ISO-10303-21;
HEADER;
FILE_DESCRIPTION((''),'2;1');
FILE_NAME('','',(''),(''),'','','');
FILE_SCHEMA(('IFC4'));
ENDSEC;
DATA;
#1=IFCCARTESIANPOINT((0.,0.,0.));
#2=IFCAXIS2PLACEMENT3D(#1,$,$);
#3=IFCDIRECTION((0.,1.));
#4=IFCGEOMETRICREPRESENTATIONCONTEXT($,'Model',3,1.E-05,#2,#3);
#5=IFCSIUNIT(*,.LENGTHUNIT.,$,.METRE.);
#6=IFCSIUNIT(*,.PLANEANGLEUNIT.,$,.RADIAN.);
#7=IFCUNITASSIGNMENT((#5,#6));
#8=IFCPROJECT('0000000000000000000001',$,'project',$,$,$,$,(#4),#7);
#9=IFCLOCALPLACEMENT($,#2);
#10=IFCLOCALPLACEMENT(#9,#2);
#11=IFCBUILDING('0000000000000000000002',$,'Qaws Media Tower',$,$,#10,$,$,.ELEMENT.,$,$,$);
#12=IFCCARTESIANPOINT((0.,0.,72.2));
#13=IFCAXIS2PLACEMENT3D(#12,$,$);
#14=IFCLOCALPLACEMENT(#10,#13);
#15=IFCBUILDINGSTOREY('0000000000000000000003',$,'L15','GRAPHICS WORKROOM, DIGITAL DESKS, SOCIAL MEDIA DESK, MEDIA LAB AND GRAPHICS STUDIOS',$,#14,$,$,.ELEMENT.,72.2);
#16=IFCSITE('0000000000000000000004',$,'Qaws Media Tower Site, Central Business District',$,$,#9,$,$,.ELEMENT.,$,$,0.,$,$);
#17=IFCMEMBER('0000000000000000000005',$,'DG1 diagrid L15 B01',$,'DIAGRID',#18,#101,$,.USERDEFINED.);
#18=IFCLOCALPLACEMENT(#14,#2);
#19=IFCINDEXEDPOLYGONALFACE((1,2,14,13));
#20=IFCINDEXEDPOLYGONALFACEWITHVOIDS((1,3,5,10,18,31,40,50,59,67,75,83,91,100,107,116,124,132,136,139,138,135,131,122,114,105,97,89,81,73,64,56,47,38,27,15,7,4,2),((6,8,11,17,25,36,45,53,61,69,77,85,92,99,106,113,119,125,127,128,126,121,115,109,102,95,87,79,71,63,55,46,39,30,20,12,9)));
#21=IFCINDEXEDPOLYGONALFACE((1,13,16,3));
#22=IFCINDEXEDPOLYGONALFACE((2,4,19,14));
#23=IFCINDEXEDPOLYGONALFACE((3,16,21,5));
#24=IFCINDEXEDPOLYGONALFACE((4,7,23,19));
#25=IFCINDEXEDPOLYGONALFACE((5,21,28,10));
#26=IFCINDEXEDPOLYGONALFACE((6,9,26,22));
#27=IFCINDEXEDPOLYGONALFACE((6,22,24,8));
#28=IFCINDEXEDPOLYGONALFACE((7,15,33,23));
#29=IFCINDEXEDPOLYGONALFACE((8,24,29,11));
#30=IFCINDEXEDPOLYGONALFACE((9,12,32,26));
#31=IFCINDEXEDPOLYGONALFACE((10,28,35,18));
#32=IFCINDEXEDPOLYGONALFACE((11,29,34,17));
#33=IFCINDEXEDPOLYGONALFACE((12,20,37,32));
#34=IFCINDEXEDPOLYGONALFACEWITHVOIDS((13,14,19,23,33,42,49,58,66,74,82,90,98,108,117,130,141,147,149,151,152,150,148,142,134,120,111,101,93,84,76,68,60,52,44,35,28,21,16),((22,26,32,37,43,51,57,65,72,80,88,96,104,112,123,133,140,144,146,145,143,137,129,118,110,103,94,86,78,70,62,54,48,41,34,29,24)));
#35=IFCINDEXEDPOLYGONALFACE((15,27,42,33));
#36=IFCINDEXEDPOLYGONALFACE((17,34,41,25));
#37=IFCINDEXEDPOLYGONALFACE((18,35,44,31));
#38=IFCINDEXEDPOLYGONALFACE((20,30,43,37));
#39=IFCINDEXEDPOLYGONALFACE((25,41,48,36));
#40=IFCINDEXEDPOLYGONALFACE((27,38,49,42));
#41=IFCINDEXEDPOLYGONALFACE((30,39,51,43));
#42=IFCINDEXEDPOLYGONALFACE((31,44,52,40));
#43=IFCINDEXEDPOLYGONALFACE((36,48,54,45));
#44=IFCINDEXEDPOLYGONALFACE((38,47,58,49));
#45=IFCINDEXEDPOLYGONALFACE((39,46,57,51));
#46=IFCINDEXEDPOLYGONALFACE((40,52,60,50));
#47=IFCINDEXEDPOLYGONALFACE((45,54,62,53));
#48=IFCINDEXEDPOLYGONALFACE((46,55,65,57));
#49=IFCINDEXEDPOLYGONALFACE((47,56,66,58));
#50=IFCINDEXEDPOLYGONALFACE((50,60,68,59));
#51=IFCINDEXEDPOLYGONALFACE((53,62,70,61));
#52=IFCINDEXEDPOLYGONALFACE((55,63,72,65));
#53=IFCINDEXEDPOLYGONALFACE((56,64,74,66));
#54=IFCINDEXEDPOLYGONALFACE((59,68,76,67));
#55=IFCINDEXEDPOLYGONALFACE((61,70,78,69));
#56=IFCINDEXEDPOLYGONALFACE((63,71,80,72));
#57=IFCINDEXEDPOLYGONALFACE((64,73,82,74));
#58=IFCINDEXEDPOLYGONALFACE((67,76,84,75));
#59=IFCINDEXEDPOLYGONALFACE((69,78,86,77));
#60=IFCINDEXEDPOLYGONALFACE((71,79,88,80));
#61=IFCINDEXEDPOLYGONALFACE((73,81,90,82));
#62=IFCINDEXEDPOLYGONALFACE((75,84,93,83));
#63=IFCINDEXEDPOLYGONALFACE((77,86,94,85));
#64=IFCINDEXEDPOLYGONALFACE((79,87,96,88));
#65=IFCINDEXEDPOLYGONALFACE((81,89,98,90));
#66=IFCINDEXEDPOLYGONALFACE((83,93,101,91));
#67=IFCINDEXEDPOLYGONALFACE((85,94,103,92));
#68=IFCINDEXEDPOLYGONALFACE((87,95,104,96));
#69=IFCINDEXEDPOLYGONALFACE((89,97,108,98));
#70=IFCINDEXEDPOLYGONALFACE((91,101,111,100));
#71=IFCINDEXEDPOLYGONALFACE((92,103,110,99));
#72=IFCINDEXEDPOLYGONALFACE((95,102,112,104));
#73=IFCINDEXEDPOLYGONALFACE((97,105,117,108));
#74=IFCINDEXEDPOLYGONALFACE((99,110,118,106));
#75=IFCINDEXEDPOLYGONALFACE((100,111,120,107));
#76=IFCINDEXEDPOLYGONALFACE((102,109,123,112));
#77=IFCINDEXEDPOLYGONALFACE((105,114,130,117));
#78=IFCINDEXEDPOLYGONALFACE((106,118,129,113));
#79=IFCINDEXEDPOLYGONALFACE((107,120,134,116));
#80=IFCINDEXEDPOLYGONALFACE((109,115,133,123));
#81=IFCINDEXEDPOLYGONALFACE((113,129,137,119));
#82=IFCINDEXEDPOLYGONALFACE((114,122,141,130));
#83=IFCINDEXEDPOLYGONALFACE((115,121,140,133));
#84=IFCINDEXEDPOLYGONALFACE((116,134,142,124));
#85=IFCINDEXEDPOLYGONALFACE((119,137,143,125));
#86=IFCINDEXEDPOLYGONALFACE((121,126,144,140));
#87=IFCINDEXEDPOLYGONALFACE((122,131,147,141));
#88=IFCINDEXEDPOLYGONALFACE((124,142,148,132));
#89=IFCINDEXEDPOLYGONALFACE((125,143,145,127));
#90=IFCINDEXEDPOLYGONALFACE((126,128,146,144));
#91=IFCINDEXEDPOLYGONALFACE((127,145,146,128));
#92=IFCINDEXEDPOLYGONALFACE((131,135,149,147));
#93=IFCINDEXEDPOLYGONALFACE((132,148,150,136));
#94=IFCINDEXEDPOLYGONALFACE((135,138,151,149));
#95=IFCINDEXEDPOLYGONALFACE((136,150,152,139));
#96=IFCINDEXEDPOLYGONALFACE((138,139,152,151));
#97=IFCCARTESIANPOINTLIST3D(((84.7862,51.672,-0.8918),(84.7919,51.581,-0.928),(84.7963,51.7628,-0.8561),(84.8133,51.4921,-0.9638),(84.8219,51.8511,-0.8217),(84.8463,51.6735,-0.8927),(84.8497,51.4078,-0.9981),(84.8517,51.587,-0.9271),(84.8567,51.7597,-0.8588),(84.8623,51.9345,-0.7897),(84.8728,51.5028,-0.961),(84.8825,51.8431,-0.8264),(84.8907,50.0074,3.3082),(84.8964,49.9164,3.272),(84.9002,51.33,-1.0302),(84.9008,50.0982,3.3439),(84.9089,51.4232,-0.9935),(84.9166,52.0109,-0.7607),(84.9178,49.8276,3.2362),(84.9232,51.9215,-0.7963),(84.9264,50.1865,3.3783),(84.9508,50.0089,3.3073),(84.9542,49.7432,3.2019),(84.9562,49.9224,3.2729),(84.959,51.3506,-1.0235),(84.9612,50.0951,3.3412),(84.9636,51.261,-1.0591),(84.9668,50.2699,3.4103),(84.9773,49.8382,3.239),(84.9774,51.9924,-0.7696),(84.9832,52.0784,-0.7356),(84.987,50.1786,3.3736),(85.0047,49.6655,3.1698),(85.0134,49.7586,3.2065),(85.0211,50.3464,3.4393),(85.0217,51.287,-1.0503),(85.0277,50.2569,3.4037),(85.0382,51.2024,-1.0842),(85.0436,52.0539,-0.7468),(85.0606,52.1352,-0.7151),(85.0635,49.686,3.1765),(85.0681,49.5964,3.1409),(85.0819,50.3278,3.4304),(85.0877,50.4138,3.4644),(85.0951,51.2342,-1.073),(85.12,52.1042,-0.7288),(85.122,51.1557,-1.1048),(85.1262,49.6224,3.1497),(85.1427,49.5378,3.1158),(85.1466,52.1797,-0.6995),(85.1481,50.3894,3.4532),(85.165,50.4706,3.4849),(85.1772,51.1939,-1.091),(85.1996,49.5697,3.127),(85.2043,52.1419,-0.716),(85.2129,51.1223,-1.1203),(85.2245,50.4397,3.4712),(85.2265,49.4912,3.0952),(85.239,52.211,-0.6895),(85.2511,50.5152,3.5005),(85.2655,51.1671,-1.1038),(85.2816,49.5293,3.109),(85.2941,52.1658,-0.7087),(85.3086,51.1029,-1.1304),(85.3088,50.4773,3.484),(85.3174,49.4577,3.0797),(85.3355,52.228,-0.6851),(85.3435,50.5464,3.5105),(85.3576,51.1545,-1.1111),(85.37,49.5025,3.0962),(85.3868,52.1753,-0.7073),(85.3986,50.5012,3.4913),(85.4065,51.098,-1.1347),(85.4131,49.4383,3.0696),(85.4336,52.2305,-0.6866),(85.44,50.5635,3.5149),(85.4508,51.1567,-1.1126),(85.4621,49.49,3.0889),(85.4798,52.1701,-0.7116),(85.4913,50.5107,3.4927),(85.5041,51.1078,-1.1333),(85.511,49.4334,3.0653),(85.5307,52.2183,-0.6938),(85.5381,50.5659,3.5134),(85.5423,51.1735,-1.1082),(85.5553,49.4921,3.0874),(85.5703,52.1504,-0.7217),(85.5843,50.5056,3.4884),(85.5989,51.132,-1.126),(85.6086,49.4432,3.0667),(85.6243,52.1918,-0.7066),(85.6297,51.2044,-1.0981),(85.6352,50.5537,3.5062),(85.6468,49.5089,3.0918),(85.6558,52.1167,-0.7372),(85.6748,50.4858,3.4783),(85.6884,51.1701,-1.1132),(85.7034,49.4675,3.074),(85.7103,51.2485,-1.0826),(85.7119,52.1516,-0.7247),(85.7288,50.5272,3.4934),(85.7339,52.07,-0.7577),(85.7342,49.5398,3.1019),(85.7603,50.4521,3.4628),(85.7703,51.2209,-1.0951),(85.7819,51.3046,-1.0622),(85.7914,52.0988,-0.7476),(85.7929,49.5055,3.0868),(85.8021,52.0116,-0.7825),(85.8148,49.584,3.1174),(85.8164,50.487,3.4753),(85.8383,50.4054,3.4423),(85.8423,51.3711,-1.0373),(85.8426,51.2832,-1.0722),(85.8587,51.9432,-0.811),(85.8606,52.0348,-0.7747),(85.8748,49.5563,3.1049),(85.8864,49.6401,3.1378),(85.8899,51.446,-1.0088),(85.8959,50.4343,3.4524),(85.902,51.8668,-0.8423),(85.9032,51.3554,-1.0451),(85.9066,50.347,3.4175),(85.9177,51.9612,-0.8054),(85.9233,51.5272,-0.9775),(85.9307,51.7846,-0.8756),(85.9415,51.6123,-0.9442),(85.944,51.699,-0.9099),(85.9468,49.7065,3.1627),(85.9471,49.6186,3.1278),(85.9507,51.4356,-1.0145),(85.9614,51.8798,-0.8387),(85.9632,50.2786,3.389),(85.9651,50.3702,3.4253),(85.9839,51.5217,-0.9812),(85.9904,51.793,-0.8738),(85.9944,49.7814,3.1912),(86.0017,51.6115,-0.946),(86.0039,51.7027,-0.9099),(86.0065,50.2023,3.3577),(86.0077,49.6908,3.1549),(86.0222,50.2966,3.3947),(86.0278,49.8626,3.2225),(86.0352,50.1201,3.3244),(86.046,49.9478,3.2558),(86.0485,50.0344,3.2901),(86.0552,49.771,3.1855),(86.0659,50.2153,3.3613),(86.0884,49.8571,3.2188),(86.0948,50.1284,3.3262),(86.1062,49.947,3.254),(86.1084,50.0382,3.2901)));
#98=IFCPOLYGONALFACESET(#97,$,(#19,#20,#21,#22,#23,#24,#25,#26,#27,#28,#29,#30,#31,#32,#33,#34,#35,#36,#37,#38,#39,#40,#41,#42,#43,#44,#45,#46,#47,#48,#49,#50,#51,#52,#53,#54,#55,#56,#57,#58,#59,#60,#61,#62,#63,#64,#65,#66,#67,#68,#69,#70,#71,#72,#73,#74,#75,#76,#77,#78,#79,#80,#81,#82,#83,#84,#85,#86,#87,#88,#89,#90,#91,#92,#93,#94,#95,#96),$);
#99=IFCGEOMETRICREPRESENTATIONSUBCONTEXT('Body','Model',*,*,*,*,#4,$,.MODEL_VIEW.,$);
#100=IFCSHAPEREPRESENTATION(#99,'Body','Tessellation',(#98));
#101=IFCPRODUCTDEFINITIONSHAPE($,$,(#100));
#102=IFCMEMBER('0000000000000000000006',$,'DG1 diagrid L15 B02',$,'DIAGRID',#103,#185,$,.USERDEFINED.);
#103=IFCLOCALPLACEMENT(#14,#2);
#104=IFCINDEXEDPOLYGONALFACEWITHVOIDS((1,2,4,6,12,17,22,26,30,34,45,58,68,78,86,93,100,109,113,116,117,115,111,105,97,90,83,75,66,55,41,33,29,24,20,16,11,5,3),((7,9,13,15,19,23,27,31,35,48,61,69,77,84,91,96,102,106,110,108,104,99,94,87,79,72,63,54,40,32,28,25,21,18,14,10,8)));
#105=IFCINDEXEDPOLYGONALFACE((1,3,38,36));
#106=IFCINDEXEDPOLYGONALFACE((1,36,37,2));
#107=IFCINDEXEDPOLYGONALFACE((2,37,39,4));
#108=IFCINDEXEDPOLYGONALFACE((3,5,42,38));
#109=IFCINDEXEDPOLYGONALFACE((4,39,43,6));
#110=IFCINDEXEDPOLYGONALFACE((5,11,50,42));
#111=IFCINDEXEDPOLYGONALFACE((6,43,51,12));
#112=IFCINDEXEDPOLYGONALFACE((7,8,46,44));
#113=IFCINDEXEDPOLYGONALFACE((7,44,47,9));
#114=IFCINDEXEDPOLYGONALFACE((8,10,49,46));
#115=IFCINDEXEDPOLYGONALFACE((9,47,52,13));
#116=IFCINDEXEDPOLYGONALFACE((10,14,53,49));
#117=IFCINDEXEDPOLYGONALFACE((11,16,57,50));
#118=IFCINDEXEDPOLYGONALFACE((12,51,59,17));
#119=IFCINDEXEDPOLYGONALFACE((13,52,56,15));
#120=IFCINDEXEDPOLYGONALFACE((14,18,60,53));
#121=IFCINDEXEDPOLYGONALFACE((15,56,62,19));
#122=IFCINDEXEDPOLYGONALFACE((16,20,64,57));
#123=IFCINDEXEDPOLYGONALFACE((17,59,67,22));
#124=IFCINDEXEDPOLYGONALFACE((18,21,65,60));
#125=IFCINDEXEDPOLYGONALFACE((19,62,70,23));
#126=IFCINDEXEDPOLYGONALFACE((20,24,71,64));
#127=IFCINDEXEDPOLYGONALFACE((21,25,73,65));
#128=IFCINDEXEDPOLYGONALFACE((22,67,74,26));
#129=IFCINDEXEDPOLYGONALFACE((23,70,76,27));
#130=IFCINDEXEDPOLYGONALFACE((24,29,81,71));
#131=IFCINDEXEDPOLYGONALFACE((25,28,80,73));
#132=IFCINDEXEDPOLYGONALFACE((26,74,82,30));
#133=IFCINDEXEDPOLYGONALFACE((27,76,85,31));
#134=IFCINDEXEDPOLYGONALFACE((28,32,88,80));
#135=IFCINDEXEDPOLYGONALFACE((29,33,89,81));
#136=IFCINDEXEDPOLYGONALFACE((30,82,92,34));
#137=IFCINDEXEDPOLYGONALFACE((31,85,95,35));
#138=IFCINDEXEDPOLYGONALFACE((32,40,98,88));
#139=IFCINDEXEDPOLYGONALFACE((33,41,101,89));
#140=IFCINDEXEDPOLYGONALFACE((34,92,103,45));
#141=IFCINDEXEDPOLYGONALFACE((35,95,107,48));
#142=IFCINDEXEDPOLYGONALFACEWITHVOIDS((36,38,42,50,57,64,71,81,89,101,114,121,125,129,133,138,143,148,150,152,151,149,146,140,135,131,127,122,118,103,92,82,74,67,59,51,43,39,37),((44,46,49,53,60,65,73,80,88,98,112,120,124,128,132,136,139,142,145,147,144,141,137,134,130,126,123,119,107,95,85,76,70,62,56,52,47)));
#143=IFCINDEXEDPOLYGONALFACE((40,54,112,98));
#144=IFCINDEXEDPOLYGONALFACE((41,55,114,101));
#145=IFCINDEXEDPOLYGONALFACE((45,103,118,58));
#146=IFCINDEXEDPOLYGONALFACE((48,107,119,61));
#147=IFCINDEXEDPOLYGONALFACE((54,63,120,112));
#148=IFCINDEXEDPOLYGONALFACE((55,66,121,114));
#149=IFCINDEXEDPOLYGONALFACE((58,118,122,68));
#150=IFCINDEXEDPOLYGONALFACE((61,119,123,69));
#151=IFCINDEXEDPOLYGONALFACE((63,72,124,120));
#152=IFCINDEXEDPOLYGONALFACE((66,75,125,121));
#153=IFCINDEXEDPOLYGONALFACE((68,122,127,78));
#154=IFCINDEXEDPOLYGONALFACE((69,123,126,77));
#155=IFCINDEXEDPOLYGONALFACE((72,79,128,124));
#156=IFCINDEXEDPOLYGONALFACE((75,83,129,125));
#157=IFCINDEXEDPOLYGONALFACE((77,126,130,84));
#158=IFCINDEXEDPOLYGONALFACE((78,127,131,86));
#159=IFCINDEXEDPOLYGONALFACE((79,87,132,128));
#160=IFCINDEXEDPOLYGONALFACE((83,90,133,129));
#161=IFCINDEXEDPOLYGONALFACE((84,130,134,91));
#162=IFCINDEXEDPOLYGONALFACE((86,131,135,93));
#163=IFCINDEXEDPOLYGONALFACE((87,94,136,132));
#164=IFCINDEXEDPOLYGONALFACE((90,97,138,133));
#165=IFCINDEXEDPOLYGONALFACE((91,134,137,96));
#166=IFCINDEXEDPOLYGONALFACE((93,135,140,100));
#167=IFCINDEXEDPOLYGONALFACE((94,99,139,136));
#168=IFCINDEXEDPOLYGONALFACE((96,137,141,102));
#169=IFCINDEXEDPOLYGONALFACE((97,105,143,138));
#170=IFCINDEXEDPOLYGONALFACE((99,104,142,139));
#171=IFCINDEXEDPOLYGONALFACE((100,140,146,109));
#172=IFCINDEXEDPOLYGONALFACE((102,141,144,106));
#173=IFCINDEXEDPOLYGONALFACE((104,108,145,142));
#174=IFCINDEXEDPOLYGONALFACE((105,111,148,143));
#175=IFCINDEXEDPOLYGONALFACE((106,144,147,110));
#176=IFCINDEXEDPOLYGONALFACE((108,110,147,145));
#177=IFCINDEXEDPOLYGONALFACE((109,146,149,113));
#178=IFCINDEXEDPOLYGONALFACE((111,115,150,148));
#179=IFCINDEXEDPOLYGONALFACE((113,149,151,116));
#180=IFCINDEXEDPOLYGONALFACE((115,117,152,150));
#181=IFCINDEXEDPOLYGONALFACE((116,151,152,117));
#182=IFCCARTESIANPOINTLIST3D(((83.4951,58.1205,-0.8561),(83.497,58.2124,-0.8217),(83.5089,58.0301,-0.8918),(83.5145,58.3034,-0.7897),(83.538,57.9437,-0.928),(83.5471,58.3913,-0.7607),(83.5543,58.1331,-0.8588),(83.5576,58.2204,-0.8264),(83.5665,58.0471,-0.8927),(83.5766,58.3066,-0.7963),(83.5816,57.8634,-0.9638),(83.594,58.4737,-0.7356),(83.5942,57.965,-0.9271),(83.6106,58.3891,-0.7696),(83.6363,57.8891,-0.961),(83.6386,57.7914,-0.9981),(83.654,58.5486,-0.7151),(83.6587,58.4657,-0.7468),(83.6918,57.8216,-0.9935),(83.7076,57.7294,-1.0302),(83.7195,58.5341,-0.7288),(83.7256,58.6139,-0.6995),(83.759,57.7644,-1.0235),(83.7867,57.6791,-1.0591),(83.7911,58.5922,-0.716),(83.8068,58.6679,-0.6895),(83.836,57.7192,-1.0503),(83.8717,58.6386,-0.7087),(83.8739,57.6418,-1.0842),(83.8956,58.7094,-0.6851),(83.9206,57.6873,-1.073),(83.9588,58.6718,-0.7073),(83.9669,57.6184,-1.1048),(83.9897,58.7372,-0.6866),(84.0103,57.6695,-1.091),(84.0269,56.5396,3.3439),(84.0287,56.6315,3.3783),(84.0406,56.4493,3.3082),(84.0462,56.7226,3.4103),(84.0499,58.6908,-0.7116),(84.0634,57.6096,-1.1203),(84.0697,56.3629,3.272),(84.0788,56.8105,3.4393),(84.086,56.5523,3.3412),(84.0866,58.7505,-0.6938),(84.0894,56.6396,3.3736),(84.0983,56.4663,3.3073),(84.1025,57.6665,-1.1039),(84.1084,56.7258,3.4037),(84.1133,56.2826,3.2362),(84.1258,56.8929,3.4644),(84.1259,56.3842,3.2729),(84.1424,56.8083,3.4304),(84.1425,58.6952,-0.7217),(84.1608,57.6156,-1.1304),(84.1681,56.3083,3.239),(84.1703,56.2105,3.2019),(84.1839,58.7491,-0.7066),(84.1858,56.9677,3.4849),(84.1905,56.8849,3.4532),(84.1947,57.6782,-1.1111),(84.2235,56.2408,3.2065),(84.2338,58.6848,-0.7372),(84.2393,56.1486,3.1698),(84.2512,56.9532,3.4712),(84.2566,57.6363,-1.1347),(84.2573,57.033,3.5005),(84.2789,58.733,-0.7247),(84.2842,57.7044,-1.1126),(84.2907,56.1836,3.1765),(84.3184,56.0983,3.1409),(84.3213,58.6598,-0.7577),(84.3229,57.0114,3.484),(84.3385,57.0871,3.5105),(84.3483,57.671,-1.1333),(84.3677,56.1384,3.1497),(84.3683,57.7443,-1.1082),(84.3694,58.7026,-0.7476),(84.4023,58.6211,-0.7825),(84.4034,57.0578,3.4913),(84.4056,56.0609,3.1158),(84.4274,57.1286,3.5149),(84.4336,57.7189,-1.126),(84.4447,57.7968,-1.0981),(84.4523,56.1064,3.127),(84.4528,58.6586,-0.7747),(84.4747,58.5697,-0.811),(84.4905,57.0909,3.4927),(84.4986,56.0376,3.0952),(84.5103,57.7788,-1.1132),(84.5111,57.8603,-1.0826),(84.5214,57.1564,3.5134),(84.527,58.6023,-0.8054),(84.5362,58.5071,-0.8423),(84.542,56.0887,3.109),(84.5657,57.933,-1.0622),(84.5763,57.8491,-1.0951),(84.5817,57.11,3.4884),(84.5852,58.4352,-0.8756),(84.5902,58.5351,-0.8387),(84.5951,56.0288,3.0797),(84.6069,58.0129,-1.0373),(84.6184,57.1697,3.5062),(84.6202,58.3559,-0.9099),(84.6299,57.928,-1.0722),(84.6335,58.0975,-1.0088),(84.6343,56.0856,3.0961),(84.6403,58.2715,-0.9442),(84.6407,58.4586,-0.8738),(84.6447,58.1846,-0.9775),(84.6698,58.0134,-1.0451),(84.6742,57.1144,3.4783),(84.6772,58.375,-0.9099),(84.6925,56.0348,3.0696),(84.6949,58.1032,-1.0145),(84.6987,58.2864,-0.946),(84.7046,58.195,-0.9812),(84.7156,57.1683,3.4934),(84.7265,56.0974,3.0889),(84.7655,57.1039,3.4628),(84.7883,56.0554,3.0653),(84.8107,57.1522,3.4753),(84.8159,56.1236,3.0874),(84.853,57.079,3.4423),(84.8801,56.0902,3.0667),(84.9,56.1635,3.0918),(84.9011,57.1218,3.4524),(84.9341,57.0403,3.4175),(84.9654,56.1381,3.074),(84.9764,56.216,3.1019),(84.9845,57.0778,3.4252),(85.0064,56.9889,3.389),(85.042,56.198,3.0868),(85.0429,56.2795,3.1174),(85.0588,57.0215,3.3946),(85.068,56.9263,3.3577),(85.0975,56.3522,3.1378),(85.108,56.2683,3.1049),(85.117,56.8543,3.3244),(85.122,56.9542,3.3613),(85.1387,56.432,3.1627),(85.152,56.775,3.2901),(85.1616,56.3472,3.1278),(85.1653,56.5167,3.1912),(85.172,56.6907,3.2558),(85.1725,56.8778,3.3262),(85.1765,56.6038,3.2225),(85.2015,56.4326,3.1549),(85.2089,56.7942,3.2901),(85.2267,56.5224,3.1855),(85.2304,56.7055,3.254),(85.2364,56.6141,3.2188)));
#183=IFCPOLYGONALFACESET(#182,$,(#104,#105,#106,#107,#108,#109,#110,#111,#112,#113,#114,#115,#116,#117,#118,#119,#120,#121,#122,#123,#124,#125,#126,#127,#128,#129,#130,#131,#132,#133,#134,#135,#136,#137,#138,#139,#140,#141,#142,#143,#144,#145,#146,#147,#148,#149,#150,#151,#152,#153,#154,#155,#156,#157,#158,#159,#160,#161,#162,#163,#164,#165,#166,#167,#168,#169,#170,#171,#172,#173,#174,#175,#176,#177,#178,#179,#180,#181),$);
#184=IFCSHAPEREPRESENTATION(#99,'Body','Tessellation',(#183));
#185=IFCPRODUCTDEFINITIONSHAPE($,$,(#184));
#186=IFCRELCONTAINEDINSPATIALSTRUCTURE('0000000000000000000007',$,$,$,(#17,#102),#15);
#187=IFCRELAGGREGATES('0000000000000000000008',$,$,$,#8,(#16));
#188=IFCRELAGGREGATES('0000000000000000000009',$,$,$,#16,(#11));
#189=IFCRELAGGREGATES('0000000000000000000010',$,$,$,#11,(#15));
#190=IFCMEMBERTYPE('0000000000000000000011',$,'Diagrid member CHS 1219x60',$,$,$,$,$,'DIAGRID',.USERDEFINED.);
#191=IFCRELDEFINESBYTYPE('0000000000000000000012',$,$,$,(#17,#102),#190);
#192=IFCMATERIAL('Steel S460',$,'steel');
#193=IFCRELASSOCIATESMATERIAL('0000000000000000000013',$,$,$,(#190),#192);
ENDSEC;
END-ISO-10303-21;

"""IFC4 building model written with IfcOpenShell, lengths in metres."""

from ifc_helpers import new_model, si_unit, direction, frame, origin, origin_2d, place, context, subcontext, project, spatial, hollow_circle, extrude, material, material_profile, profile_set, type_object, element, save


model = new_model("IFC4")

# Units and contexts
model_context = context("Model", 3, precision=1e-05, world=origin(), true_north=direction((0.0, 1.0)))
body_context = subcontext(model_context, "Body", "Model", "MODEL_VIEW")
ifc_project = project(units=[si_unit("LENGTHUNIT", "METRE"), si_unit("PLANEANGLEUNIT", "RADIAN")], contexts=[model_context])

# Site, building, storey
site_placement = place(None, origin())
site = spatial("IfcSite", under=ifc_project, at=site_placement, Name="Qaws Media Tower Site, Central Business District", CompositionType="ELEMENT", RefElevation=0.0)
building_placement = place(site_placement, origin())
building = spatial("IfcBuilding", under=site, at=building_placement, Name="Qaws Media Tower", CompositionType="ELEMENT")
storey_placement = place(building_placement, frame((0.0, 0.0, 72.2)))
storey = spatial("IfcBuildingStorey", under=building, at=storey_placement, Name="L15", Description="GRAPHICS WORKROOM, DIGITAL DESKS, SOCIAL MEDIA DESK, MEDIA LAB AND GRAPHICS STUDIOS", CompositionType="ELEMENT", Elevation=72.2)

# Members
ifc_material_1 = material(Name="Steel S460", Category="steel")
ifc_material_profile_1 = material_profile(ifc_material_1, hollow_circle(Radius=0.6096, WallThickness=0.0601, at=origin_2d()), Name="CHS 1219x60")
ifc_profile_set_1 = profile_set([ifc_material_profile_1], Name="Steel S460")
member_type_1 = type_object("IfcMemberType", Name="Diagrid member CHS 1219x60", ElementType="DIAGRID", PredefinedType="USERDEFINED", material=ifc_profile_set_1)
for number, where, z_axis, x_axis, name in (
    (1, (85.3955, 51.6646, -0.9099), (0.023123, -0.368346, 0.929401), (0.998035, 0.062652, 0.0), "DG1 diagrid L15 B01"),
    (2, (84.0994, 58.1807, -0.9099), (0.117667, -0.349815, 0.9294), (0.947816, 0.318818, 0.0), "DG1 diagrid L15 B02"),
):
    element("IfcMember", number, at=place(storey_placement, frame(where, z_axis=z_axis, x_axis=x_axis)), inside=storey, type_object=member_type_1, Name=name, ObjectType="DIAGRID", PredefinedType="USERDEFINED", context=body_context, shape_type="SweptSolid", body=[
        extrude(hollow_circle(Radius=0.6096, WallThickness=0.0601, at=origin_2d()), origin(), (0.0, 0.0, 1.0), 4.519),
    ])

save(model, "model.ifc")
